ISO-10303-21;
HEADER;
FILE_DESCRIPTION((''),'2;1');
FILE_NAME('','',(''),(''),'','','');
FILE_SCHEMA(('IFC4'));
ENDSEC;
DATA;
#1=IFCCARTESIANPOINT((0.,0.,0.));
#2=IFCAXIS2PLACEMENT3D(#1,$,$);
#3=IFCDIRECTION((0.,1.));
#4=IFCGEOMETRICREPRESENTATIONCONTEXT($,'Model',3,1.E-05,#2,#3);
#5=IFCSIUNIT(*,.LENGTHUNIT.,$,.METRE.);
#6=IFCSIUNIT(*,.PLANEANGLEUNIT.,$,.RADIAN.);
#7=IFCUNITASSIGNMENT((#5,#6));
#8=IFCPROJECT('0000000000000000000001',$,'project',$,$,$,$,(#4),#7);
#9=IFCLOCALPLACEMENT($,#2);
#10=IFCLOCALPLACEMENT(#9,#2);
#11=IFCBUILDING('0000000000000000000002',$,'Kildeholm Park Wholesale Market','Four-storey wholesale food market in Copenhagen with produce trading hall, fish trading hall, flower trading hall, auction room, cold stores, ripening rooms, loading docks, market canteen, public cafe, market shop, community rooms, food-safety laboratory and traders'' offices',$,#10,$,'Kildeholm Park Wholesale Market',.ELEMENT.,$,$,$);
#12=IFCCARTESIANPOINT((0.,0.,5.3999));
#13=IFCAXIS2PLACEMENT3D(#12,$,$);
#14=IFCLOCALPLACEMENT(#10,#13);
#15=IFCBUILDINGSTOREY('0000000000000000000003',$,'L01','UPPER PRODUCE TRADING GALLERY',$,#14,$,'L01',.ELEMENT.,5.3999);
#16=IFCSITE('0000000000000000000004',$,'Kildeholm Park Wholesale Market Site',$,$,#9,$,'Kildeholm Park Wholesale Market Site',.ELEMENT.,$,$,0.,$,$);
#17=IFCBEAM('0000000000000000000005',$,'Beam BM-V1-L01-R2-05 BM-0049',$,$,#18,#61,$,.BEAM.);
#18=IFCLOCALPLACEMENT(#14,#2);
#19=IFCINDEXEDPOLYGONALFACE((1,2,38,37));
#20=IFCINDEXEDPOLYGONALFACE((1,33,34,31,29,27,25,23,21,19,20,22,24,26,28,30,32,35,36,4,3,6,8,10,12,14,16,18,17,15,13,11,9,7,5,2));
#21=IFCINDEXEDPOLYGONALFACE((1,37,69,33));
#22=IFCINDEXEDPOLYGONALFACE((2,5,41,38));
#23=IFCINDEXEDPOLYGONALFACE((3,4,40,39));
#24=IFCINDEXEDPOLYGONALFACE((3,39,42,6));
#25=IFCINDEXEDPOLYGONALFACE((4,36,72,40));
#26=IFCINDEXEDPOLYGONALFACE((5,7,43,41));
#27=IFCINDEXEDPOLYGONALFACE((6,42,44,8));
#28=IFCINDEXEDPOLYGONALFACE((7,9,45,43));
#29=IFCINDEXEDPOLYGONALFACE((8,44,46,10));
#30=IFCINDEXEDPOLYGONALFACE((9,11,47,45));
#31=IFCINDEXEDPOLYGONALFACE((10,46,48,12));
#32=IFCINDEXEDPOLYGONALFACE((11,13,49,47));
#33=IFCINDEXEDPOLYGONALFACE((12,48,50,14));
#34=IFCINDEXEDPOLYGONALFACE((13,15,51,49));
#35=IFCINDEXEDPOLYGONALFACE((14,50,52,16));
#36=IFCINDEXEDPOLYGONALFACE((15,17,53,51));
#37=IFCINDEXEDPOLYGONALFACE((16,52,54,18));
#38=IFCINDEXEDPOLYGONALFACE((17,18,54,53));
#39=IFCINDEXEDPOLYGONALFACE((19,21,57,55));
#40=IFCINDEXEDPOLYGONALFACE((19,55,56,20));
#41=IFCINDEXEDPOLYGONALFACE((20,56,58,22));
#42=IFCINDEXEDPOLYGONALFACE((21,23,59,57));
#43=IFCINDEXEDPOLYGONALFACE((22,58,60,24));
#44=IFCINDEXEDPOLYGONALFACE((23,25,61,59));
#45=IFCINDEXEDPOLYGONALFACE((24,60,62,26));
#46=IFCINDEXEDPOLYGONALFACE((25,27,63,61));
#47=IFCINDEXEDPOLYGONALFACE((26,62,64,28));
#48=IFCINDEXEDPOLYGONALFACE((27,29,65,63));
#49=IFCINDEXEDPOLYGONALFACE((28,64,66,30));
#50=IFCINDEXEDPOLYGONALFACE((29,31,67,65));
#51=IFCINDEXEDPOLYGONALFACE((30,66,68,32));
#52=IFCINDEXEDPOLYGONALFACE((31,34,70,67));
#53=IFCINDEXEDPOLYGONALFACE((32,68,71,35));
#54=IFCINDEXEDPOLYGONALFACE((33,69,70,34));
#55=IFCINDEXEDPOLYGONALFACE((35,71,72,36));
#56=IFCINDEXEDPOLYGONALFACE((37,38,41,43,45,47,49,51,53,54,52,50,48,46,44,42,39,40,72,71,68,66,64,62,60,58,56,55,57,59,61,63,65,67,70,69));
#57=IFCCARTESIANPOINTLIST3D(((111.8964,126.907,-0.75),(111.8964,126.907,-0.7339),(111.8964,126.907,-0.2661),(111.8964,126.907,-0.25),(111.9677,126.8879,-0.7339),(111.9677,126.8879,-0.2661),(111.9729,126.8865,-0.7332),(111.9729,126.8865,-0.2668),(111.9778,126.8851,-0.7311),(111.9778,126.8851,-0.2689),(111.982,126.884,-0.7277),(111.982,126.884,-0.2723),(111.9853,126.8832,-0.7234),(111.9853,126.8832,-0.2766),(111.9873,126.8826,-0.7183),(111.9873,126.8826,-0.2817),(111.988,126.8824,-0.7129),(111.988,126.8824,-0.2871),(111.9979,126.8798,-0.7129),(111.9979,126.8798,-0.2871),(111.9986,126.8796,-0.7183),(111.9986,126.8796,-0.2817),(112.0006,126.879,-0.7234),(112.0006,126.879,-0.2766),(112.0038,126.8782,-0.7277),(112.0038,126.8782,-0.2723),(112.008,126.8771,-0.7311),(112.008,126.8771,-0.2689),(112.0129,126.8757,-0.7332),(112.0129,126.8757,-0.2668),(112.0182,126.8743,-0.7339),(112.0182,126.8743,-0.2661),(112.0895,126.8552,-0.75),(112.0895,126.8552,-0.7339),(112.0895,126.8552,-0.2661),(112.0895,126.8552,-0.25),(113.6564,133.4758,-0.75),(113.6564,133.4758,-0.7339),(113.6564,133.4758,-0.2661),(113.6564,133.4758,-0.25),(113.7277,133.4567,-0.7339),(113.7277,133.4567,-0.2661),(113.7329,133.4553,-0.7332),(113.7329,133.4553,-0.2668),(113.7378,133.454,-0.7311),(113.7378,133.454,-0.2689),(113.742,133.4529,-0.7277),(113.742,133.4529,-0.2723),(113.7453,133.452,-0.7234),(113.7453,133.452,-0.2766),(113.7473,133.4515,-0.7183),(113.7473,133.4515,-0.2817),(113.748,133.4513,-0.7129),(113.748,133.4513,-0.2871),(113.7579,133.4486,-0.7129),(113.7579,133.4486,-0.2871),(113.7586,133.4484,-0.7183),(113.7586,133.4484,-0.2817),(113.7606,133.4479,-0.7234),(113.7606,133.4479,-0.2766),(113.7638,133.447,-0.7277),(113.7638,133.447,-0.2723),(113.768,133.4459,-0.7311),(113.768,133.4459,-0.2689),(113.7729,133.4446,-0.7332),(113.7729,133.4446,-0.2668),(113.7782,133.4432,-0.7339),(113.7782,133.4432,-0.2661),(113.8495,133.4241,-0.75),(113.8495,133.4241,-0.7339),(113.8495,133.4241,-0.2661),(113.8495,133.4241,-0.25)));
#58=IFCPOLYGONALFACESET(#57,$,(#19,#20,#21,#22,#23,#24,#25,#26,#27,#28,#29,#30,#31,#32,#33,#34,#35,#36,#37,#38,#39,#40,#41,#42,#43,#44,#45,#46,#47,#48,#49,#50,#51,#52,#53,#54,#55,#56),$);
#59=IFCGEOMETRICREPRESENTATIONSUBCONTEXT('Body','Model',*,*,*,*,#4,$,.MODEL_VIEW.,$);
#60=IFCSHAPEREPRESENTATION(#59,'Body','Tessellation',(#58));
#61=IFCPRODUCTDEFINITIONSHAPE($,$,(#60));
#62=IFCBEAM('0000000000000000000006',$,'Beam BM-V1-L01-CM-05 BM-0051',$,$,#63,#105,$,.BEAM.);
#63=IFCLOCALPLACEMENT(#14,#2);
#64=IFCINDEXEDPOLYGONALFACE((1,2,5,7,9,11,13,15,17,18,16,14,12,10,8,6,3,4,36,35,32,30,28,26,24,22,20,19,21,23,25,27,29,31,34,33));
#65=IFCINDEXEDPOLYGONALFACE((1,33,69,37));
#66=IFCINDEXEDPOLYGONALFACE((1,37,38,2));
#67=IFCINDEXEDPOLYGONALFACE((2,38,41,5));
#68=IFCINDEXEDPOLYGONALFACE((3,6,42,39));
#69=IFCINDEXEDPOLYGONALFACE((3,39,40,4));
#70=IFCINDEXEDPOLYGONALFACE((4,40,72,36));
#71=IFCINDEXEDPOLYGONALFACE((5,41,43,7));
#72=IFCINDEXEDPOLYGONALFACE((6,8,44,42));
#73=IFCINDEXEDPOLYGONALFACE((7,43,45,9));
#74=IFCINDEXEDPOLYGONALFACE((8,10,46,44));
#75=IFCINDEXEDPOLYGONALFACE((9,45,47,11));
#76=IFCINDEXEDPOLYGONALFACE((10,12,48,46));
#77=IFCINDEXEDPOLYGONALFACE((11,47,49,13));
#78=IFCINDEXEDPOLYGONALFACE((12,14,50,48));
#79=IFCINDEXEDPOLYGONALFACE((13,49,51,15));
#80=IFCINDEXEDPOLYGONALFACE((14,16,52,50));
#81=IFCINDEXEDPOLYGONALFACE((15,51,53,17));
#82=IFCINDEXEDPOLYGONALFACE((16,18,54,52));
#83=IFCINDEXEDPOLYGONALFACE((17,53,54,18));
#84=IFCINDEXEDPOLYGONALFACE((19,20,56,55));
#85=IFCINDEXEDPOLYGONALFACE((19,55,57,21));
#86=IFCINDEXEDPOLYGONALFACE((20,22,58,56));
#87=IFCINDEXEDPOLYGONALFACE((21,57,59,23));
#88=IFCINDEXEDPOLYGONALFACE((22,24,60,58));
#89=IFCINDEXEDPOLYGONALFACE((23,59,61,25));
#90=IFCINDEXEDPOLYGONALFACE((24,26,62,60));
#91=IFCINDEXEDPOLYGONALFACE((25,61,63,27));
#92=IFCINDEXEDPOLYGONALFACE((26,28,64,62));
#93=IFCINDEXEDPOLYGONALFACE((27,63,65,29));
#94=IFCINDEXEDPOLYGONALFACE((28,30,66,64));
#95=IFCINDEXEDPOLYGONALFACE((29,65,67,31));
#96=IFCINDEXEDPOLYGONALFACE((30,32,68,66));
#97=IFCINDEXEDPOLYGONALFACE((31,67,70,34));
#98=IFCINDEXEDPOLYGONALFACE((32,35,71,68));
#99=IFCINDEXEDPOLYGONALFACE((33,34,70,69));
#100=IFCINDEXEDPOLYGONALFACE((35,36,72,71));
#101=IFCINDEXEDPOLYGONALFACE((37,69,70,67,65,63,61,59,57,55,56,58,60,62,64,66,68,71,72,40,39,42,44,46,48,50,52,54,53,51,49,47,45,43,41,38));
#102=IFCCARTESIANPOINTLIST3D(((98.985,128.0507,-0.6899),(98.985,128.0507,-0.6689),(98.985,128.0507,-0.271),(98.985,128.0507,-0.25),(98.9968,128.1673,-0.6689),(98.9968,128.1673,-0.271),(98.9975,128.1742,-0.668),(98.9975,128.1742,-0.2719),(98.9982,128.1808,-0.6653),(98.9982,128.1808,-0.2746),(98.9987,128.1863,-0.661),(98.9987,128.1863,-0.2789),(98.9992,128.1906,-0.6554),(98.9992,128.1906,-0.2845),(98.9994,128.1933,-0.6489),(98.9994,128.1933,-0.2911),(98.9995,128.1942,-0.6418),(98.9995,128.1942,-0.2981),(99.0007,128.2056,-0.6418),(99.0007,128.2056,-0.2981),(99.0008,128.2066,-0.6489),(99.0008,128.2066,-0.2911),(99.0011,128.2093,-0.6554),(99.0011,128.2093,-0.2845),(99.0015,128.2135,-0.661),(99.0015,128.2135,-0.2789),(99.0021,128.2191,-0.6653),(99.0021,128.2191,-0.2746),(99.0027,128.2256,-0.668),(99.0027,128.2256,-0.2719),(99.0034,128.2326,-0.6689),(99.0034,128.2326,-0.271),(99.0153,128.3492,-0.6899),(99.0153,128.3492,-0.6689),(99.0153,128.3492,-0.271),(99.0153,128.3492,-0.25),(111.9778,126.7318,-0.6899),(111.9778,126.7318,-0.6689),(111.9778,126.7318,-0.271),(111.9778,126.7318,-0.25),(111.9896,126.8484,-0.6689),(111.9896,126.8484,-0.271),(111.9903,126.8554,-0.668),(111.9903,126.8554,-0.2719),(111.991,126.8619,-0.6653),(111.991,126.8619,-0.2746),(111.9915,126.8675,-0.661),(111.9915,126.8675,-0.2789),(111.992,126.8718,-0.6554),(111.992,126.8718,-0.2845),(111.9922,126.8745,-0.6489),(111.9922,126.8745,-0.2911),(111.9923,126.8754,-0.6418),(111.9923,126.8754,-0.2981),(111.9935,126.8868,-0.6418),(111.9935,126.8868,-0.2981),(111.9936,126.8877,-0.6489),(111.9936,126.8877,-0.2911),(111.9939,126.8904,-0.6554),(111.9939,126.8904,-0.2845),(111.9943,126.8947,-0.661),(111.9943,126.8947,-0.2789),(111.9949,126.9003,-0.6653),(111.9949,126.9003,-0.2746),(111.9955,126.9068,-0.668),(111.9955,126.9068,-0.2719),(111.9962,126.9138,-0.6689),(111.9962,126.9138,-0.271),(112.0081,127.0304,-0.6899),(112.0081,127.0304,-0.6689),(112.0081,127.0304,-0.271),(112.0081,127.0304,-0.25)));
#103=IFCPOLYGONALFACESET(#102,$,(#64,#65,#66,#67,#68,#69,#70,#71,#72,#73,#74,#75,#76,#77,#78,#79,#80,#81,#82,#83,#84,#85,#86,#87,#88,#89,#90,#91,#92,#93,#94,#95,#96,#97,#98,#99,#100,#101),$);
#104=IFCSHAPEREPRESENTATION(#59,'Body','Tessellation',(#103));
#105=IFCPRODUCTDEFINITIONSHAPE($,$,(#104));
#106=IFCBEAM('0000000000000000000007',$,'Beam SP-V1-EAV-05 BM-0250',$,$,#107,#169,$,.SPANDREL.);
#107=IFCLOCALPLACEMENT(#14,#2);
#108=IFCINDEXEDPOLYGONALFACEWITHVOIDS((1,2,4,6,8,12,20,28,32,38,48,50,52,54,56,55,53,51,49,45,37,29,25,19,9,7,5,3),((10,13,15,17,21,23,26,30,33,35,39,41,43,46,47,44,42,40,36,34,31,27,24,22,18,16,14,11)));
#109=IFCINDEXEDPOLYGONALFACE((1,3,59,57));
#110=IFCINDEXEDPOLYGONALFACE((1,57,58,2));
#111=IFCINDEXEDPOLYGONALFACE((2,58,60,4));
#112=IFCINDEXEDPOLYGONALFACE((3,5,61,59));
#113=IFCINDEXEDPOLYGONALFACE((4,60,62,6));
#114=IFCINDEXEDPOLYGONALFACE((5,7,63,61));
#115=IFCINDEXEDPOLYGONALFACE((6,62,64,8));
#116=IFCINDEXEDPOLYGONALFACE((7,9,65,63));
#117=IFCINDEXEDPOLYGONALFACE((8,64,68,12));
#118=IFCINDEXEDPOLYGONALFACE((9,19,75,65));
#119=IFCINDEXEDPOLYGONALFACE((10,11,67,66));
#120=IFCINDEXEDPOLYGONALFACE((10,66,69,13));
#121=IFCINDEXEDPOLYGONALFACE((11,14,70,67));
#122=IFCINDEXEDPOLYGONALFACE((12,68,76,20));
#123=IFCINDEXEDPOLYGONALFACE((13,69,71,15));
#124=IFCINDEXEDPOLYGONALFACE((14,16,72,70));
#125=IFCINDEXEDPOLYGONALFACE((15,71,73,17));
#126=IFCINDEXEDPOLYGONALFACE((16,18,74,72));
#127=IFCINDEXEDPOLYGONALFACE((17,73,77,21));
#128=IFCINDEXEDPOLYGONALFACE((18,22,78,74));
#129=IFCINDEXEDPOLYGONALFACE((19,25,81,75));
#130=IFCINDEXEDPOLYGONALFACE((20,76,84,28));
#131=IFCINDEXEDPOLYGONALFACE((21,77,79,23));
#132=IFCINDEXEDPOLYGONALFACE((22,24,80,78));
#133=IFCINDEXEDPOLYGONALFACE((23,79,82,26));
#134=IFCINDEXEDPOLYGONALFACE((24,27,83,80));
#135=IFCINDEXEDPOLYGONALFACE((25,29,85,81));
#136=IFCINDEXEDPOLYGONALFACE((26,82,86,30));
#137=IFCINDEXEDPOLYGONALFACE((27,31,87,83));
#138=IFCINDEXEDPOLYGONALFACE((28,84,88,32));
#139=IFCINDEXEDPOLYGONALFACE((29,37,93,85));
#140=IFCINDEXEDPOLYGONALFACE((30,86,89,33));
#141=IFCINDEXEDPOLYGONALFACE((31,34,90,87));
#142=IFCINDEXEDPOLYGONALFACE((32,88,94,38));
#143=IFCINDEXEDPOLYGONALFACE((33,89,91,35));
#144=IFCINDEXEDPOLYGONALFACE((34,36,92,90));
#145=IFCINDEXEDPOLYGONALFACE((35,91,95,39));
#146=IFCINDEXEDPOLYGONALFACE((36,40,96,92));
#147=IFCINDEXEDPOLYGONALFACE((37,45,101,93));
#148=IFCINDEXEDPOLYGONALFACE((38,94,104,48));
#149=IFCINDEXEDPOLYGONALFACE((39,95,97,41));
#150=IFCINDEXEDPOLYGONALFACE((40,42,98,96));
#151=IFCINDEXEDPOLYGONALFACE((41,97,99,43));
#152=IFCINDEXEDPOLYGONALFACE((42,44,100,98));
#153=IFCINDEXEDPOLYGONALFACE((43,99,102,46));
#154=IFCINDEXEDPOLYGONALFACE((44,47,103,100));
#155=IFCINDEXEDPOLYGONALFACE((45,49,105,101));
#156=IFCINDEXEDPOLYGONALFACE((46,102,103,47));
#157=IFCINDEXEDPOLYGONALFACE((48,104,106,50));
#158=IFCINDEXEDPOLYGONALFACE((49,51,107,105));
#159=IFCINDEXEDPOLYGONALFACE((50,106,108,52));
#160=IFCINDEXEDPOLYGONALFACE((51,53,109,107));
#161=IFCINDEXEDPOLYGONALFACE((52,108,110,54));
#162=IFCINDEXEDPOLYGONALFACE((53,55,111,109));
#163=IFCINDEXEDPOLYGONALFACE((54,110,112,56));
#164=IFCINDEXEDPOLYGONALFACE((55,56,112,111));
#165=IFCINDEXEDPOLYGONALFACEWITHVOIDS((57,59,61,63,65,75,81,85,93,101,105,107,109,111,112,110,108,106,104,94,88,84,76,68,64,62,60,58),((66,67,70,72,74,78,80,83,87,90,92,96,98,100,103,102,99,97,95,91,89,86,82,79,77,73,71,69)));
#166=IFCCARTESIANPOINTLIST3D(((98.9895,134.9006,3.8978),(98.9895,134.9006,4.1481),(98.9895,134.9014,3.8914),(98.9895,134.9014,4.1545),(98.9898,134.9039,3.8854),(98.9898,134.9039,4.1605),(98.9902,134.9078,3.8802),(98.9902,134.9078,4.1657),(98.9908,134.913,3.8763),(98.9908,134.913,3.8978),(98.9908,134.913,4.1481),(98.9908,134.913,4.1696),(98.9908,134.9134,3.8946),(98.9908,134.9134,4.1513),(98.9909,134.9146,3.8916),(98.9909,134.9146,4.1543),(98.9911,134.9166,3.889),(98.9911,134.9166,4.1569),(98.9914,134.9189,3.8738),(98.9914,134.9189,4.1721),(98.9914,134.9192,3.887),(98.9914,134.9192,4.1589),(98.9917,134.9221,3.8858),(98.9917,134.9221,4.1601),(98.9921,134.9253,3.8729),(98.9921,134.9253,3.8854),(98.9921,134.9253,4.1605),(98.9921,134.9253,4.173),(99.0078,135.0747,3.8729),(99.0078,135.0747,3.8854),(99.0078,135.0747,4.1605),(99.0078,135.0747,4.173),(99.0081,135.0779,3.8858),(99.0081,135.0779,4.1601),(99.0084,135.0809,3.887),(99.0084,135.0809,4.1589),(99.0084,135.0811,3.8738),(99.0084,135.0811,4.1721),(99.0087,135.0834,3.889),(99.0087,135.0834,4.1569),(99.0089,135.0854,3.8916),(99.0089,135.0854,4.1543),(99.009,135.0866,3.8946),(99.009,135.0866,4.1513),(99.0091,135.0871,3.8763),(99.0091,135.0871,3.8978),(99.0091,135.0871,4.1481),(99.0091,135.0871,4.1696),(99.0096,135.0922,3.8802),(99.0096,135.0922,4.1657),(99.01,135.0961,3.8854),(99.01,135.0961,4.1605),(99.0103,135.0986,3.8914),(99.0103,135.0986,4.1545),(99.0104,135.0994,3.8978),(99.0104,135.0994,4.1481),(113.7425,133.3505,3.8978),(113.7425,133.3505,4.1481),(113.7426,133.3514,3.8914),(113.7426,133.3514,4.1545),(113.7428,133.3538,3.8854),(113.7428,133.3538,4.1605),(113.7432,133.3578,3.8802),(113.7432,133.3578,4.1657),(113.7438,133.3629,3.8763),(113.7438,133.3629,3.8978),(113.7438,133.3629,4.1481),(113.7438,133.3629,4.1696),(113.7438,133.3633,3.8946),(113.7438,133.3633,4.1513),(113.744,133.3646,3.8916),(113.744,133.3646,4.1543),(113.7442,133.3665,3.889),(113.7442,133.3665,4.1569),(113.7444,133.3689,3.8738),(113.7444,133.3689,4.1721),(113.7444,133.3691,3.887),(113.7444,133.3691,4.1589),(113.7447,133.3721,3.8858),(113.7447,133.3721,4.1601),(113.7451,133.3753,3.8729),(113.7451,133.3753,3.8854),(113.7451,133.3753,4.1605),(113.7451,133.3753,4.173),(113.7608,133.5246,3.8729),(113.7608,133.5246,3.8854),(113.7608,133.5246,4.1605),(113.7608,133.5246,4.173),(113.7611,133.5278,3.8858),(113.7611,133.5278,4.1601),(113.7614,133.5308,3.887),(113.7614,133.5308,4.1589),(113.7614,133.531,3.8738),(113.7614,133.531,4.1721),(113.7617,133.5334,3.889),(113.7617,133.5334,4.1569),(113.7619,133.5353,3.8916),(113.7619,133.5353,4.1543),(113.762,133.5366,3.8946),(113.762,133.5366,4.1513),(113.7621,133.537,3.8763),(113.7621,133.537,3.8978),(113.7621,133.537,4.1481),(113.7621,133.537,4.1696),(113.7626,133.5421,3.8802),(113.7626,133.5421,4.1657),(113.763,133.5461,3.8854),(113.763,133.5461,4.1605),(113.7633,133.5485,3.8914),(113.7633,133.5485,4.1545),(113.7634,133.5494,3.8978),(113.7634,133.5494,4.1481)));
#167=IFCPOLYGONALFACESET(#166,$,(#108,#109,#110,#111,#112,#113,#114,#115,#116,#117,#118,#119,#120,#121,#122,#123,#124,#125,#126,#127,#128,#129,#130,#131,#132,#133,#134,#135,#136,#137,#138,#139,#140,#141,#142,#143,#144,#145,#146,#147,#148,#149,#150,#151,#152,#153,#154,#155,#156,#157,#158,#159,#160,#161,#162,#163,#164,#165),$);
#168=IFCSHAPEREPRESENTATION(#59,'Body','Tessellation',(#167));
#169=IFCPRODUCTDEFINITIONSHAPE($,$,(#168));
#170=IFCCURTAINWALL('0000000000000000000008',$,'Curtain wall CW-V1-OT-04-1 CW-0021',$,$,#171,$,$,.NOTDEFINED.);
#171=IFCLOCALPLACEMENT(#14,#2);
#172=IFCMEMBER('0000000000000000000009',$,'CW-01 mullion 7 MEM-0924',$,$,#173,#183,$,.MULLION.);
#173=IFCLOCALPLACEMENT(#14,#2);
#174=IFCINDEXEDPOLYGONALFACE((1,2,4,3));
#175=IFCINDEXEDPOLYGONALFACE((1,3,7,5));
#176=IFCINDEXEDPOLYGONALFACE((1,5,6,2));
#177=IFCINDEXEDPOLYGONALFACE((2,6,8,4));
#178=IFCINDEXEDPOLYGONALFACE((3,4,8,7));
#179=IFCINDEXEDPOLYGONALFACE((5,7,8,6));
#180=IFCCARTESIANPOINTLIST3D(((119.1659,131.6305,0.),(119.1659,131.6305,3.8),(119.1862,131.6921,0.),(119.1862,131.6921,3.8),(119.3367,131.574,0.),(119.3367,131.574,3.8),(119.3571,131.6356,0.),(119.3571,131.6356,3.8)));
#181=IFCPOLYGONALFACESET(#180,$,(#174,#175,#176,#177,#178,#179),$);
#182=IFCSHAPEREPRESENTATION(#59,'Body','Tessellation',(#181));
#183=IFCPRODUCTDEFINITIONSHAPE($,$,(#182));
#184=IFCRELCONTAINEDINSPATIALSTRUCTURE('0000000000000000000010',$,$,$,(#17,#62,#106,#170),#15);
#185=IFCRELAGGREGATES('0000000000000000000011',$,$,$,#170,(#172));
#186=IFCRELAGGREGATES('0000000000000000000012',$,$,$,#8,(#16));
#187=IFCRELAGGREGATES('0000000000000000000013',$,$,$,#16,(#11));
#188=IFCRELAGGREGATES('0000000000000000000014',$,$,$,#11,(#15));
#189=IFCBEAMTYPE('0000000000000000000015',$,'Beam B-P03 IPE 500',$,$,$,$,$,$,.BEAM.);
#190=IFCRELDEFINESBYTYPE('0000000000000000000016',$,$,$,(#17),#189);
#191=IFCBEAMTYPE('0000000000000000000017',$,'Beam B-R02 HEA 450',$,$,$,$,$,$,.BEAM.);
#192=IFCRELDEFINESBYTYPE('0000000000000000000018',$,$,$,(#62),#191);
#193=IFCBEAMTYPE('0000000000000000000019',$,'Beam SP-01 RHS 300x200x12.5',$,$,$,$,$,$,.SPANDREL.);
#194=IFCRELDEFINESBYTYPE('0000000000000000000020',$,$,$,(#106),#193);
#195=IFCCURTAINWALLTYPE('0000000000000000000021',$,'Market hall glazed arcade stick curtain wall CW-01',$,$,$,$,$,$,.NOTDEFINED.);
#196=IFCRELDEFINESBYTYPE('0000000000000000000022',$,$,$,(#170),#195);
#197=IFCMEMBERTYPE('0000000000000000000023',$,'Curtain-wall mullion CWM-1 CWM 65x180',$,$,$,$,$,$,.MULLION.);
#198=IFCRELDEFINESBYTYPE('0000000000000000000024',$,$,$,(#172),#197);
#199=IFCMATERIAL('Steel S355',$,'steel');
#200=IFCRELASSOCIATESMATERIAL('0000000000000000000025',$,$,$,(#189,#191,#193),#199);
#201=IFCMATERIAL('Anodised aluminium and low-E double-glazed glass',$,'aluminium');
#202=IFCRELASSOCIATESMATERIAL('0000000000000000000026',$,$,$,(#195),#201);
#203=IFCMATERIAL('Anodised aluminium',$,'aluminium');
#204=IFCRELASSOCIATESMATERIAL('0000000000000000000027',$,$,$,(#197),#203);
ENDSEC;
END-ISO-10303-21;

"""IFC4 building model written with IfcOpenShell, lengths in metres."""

from ifc_helpers import new_model, si_unit, direction, frame, origin, origin_2d, place, context, subcontext, project, spatial, rectangle, hollow_rectangle, i_section, extrude, material, material_profile, profile_set, type_object, element, aggregate, save


model = new_model("IFC4")

# Units and contexts
model_context = context("Model", 3, precision=1e-05, world=origin(), true_north=direction((0.0, 1.0)))
body_context = subcontext(model_context, "Body", "Model", "MODEL_VIEW")
ifc_project = project(units=[si_unit("LENGTHUNIT", "METRE"), si_unit("PLANEANGLEUNIT", "RADIAN")], contexts=[model_context])

# Site, building, storey
site_placement = place(None, origin())
site = spatial("IfcSite", under=ifc_project, at=site_placement, Name="Kildeholm Park Wholesale Market Site", LongName="Kildeholm Park Wholesale Market Site", CompositionType="ELEMENT", RefElevation=0.0)
building_placement = place(site_placement, origin())
building = spatial("IfcBuilding", under=site, at=building_placement, Name="Kildeholm Park Wholesale Market", Description="Four-storey wholesale food market in Copenhagen with produce trading hall, fish trading hall, flower trading hall, auction room, cold stores, ripening rooms, loading docks, market canteen, public cafe, market shop, community rooms, food-safety laboratory and traders' offices", LongName="Kildeholm Park Wholesale Market", CompositionType="ELEMENT")
storey_placement = place(building_placement, frame((0.0, 0.0, 5.3999)))
storey = spatial("IfcBuildingStorey", under=building, at=storey_placement, Name="L01", Description="UPPER PRODUCE TRADING GALLERY", LongName="L01", CompositionType="ELEMENT", Elevation=5.3999)

# Shared definitions
ifc_material_1 = material(Name="Steel S355", Category="steel")

# Beams
ifc_material_profile_1 = material_profile(ifc_material_1, i_section(OverallWidth=0.2, OverallDepth=0.5, WebThickness=0.0103, FlangeThickness=0.0161, FilletRadius=0.021, at=origin_2d()), Name="IPE 500")
ifc_profile_set_1 = profile_set([ifc_material_profile_1], Name="Steel S355")
beam_type_1 = type_object("IfcBeamType", Name="Beam B-P03 IPE 500", PredefinedType="BEAM", material=ifc_profile_set_1)
beam_1_placement = place(storey_placement, frame((111.9929, 126.8811, -0.5), z_axis=(0.258804, 0.96593, 0.0), x_axis=(-0.96593, 0.258804, 0.0)))
element("IfcBeam", 1, at=beam_1_placement, inside=storey, type_object=beam_type_1, Name="Beam BM-V1-L01-R2-05 BM-0049", PredefinedType="BEAM", context=body_context, shape_type="SweptSolid", body=[
    extrude(i_section(OverallWidth=0.2, OverallDepth=0.5, WebThickness=0.0103, FlangeThickness=0.0161, FilletRadius=0.021, at=origin_2d()), origin(), (0.0, 0.0, 1.0), 6.8005),
])
ifc_material_profile_2 = material_profile(ifc_material_1, i_section(OverallWidth=0.3, OverallDepth=0.4399, WebThickness=0.0115, FlangeThickness=0.021, FilletRadius=0.0271, at=origin_2d()), Name="HEA 450")
ifc_profile_set_2 = profile_set([ifc_material_profile_2], Name="Steel S355")
beam_type_2 = type_object("IfcBeamType", Name="Beam B-R02 HEA 450", PredefinedType="BEAM", material=ifc_profile_set_2)
beam_2_placement = place(storey_placement, frame((111.9929, 126.8811, -0.47), z_axis=(-0.994888, 0.100986, 0.0), x_axis=(-0.100986, -0.994888, 0.0)))
element("IfcBeam", 2, at=beam_2_placement, inside=storey, type_object=beam_type_2, Name="Beam BM-V1-L01-CM-05 BM-0051", PredefinedType="BEAM", context=body_context, shape_type="SweptSolid", body=[
    extrude(i_section(OverallWidth=0.3, OverallDepth=0.4399, WebThickness=0.0115, FlangeThickness=0.021, FilletRadius=0.0271, at=origin_2d()), origin(), (0.0, 0.0, 1.0), 13.0596),
])
ifc_material_profile_3 = material_profile(ifc_material_1, hollow_rectangle(XDim=0.2, YDim=0.3, WallThickness=0.0125, InnerFilletRadius=0.0125, OuterFilletRadius=0.0249, at=origin_2d()), Name="RHS 300x200x12.5")
ifc_profile_set_3 = profile_set([ifc_material_profile_3], Name="Steel S355")
beam_type_3 = type_object("IfcBeamType", Name="Beam SP-01 RHS 300x200x12.5", PredefinedType="SPANDREL", material=ifc_profile_set_3)
beam_3_placement = place(storey_placement, frame((113.7529, 133.45, 4.0229), z_axis=(-0.994526, 0.104492, 0.0), x_axis=(-0.104492, -0.994526, 0.0)))
element("IfcBeam", 3, at=beam_3_placement, inside=storey, type_object=beam_type_3, Name="Beam SP-V1-EAV-05 BM-0250", PredefinedType="SPANDREL", context=body_context, shape_type="SweptSolid", body=[
    extrude(hollow_rectangle(XDim=0.2, YDim=0.3, WallThickness=0.0125, InnerFilletRadius=0.0125, OuterFilletRadius=0.0249, at=origin_2d()), origin(), (0.0, 0.0, 1.0), 14.8342),
])

# Curtain wall, member
ifc_material_2 = material(Name="Anodised aluminium and low-E double-glazed glass", Category="aluminium")
curtain_wall_type = type_object("IfcCurtainWallType", Name="Market hall glazed arcade stick curtain wall CW-01", PredefinedType="NOTDEFINED", material=ifc_material_2)
curtain_wall_1_placement = place(storey_placement, origin())
curtain_wall_1 = element("IfcCurtainWall", 4, at=curtain_wall_1_placement, inside=storey, type_object=curtain_wall_type, Name="Curtain wall CW-V1-OT-04-1 CW-0021", PredefinedType="NOTDEFINED")
ifc_material_3 = material(Name="Anodised aluminium", Category="aluminium")
ifc_material_profile_4 = material_profile(ifc_material_3, rectangle(XDim=0.0649, YDim=0.1799, at=origin_2d()), Name="CWM 65x180")
ifc_profile_set_4 = profile_set([ifc_material_profile_4], Name="Anodised aluminium")
member_type_1 = type_object("IfcMemberType", Name="Curtain-wall mullion CWM-1 CWM 65x180", PredefinedType="MULLION", material=ifc_profile_set_4)
member_1_placement = place(storey_placement, frame((119.2615, 131.6331, 0.0), z_axis=(0.0, 0.0, 1.0), x_axis=(-0.313914, -0.949451, 0.0)))
member_1 = element("IfcMember", 5, at=member_1_placement, type_object=member_type_1, Name="CW-01 mullion 7 MEM-0924", PredefinedType="MULLION", context=body_context, shape_type="SweptSolid", body=[
    extrude(rectangle(XDim=0.0649, YDim=0.1799, at=origin_2d()), origin(), (0.0, 0.0, 1.0), 3.8),
])

aggregate(curtain_wall_1, [member_1])

save(model, "model.ifc")
